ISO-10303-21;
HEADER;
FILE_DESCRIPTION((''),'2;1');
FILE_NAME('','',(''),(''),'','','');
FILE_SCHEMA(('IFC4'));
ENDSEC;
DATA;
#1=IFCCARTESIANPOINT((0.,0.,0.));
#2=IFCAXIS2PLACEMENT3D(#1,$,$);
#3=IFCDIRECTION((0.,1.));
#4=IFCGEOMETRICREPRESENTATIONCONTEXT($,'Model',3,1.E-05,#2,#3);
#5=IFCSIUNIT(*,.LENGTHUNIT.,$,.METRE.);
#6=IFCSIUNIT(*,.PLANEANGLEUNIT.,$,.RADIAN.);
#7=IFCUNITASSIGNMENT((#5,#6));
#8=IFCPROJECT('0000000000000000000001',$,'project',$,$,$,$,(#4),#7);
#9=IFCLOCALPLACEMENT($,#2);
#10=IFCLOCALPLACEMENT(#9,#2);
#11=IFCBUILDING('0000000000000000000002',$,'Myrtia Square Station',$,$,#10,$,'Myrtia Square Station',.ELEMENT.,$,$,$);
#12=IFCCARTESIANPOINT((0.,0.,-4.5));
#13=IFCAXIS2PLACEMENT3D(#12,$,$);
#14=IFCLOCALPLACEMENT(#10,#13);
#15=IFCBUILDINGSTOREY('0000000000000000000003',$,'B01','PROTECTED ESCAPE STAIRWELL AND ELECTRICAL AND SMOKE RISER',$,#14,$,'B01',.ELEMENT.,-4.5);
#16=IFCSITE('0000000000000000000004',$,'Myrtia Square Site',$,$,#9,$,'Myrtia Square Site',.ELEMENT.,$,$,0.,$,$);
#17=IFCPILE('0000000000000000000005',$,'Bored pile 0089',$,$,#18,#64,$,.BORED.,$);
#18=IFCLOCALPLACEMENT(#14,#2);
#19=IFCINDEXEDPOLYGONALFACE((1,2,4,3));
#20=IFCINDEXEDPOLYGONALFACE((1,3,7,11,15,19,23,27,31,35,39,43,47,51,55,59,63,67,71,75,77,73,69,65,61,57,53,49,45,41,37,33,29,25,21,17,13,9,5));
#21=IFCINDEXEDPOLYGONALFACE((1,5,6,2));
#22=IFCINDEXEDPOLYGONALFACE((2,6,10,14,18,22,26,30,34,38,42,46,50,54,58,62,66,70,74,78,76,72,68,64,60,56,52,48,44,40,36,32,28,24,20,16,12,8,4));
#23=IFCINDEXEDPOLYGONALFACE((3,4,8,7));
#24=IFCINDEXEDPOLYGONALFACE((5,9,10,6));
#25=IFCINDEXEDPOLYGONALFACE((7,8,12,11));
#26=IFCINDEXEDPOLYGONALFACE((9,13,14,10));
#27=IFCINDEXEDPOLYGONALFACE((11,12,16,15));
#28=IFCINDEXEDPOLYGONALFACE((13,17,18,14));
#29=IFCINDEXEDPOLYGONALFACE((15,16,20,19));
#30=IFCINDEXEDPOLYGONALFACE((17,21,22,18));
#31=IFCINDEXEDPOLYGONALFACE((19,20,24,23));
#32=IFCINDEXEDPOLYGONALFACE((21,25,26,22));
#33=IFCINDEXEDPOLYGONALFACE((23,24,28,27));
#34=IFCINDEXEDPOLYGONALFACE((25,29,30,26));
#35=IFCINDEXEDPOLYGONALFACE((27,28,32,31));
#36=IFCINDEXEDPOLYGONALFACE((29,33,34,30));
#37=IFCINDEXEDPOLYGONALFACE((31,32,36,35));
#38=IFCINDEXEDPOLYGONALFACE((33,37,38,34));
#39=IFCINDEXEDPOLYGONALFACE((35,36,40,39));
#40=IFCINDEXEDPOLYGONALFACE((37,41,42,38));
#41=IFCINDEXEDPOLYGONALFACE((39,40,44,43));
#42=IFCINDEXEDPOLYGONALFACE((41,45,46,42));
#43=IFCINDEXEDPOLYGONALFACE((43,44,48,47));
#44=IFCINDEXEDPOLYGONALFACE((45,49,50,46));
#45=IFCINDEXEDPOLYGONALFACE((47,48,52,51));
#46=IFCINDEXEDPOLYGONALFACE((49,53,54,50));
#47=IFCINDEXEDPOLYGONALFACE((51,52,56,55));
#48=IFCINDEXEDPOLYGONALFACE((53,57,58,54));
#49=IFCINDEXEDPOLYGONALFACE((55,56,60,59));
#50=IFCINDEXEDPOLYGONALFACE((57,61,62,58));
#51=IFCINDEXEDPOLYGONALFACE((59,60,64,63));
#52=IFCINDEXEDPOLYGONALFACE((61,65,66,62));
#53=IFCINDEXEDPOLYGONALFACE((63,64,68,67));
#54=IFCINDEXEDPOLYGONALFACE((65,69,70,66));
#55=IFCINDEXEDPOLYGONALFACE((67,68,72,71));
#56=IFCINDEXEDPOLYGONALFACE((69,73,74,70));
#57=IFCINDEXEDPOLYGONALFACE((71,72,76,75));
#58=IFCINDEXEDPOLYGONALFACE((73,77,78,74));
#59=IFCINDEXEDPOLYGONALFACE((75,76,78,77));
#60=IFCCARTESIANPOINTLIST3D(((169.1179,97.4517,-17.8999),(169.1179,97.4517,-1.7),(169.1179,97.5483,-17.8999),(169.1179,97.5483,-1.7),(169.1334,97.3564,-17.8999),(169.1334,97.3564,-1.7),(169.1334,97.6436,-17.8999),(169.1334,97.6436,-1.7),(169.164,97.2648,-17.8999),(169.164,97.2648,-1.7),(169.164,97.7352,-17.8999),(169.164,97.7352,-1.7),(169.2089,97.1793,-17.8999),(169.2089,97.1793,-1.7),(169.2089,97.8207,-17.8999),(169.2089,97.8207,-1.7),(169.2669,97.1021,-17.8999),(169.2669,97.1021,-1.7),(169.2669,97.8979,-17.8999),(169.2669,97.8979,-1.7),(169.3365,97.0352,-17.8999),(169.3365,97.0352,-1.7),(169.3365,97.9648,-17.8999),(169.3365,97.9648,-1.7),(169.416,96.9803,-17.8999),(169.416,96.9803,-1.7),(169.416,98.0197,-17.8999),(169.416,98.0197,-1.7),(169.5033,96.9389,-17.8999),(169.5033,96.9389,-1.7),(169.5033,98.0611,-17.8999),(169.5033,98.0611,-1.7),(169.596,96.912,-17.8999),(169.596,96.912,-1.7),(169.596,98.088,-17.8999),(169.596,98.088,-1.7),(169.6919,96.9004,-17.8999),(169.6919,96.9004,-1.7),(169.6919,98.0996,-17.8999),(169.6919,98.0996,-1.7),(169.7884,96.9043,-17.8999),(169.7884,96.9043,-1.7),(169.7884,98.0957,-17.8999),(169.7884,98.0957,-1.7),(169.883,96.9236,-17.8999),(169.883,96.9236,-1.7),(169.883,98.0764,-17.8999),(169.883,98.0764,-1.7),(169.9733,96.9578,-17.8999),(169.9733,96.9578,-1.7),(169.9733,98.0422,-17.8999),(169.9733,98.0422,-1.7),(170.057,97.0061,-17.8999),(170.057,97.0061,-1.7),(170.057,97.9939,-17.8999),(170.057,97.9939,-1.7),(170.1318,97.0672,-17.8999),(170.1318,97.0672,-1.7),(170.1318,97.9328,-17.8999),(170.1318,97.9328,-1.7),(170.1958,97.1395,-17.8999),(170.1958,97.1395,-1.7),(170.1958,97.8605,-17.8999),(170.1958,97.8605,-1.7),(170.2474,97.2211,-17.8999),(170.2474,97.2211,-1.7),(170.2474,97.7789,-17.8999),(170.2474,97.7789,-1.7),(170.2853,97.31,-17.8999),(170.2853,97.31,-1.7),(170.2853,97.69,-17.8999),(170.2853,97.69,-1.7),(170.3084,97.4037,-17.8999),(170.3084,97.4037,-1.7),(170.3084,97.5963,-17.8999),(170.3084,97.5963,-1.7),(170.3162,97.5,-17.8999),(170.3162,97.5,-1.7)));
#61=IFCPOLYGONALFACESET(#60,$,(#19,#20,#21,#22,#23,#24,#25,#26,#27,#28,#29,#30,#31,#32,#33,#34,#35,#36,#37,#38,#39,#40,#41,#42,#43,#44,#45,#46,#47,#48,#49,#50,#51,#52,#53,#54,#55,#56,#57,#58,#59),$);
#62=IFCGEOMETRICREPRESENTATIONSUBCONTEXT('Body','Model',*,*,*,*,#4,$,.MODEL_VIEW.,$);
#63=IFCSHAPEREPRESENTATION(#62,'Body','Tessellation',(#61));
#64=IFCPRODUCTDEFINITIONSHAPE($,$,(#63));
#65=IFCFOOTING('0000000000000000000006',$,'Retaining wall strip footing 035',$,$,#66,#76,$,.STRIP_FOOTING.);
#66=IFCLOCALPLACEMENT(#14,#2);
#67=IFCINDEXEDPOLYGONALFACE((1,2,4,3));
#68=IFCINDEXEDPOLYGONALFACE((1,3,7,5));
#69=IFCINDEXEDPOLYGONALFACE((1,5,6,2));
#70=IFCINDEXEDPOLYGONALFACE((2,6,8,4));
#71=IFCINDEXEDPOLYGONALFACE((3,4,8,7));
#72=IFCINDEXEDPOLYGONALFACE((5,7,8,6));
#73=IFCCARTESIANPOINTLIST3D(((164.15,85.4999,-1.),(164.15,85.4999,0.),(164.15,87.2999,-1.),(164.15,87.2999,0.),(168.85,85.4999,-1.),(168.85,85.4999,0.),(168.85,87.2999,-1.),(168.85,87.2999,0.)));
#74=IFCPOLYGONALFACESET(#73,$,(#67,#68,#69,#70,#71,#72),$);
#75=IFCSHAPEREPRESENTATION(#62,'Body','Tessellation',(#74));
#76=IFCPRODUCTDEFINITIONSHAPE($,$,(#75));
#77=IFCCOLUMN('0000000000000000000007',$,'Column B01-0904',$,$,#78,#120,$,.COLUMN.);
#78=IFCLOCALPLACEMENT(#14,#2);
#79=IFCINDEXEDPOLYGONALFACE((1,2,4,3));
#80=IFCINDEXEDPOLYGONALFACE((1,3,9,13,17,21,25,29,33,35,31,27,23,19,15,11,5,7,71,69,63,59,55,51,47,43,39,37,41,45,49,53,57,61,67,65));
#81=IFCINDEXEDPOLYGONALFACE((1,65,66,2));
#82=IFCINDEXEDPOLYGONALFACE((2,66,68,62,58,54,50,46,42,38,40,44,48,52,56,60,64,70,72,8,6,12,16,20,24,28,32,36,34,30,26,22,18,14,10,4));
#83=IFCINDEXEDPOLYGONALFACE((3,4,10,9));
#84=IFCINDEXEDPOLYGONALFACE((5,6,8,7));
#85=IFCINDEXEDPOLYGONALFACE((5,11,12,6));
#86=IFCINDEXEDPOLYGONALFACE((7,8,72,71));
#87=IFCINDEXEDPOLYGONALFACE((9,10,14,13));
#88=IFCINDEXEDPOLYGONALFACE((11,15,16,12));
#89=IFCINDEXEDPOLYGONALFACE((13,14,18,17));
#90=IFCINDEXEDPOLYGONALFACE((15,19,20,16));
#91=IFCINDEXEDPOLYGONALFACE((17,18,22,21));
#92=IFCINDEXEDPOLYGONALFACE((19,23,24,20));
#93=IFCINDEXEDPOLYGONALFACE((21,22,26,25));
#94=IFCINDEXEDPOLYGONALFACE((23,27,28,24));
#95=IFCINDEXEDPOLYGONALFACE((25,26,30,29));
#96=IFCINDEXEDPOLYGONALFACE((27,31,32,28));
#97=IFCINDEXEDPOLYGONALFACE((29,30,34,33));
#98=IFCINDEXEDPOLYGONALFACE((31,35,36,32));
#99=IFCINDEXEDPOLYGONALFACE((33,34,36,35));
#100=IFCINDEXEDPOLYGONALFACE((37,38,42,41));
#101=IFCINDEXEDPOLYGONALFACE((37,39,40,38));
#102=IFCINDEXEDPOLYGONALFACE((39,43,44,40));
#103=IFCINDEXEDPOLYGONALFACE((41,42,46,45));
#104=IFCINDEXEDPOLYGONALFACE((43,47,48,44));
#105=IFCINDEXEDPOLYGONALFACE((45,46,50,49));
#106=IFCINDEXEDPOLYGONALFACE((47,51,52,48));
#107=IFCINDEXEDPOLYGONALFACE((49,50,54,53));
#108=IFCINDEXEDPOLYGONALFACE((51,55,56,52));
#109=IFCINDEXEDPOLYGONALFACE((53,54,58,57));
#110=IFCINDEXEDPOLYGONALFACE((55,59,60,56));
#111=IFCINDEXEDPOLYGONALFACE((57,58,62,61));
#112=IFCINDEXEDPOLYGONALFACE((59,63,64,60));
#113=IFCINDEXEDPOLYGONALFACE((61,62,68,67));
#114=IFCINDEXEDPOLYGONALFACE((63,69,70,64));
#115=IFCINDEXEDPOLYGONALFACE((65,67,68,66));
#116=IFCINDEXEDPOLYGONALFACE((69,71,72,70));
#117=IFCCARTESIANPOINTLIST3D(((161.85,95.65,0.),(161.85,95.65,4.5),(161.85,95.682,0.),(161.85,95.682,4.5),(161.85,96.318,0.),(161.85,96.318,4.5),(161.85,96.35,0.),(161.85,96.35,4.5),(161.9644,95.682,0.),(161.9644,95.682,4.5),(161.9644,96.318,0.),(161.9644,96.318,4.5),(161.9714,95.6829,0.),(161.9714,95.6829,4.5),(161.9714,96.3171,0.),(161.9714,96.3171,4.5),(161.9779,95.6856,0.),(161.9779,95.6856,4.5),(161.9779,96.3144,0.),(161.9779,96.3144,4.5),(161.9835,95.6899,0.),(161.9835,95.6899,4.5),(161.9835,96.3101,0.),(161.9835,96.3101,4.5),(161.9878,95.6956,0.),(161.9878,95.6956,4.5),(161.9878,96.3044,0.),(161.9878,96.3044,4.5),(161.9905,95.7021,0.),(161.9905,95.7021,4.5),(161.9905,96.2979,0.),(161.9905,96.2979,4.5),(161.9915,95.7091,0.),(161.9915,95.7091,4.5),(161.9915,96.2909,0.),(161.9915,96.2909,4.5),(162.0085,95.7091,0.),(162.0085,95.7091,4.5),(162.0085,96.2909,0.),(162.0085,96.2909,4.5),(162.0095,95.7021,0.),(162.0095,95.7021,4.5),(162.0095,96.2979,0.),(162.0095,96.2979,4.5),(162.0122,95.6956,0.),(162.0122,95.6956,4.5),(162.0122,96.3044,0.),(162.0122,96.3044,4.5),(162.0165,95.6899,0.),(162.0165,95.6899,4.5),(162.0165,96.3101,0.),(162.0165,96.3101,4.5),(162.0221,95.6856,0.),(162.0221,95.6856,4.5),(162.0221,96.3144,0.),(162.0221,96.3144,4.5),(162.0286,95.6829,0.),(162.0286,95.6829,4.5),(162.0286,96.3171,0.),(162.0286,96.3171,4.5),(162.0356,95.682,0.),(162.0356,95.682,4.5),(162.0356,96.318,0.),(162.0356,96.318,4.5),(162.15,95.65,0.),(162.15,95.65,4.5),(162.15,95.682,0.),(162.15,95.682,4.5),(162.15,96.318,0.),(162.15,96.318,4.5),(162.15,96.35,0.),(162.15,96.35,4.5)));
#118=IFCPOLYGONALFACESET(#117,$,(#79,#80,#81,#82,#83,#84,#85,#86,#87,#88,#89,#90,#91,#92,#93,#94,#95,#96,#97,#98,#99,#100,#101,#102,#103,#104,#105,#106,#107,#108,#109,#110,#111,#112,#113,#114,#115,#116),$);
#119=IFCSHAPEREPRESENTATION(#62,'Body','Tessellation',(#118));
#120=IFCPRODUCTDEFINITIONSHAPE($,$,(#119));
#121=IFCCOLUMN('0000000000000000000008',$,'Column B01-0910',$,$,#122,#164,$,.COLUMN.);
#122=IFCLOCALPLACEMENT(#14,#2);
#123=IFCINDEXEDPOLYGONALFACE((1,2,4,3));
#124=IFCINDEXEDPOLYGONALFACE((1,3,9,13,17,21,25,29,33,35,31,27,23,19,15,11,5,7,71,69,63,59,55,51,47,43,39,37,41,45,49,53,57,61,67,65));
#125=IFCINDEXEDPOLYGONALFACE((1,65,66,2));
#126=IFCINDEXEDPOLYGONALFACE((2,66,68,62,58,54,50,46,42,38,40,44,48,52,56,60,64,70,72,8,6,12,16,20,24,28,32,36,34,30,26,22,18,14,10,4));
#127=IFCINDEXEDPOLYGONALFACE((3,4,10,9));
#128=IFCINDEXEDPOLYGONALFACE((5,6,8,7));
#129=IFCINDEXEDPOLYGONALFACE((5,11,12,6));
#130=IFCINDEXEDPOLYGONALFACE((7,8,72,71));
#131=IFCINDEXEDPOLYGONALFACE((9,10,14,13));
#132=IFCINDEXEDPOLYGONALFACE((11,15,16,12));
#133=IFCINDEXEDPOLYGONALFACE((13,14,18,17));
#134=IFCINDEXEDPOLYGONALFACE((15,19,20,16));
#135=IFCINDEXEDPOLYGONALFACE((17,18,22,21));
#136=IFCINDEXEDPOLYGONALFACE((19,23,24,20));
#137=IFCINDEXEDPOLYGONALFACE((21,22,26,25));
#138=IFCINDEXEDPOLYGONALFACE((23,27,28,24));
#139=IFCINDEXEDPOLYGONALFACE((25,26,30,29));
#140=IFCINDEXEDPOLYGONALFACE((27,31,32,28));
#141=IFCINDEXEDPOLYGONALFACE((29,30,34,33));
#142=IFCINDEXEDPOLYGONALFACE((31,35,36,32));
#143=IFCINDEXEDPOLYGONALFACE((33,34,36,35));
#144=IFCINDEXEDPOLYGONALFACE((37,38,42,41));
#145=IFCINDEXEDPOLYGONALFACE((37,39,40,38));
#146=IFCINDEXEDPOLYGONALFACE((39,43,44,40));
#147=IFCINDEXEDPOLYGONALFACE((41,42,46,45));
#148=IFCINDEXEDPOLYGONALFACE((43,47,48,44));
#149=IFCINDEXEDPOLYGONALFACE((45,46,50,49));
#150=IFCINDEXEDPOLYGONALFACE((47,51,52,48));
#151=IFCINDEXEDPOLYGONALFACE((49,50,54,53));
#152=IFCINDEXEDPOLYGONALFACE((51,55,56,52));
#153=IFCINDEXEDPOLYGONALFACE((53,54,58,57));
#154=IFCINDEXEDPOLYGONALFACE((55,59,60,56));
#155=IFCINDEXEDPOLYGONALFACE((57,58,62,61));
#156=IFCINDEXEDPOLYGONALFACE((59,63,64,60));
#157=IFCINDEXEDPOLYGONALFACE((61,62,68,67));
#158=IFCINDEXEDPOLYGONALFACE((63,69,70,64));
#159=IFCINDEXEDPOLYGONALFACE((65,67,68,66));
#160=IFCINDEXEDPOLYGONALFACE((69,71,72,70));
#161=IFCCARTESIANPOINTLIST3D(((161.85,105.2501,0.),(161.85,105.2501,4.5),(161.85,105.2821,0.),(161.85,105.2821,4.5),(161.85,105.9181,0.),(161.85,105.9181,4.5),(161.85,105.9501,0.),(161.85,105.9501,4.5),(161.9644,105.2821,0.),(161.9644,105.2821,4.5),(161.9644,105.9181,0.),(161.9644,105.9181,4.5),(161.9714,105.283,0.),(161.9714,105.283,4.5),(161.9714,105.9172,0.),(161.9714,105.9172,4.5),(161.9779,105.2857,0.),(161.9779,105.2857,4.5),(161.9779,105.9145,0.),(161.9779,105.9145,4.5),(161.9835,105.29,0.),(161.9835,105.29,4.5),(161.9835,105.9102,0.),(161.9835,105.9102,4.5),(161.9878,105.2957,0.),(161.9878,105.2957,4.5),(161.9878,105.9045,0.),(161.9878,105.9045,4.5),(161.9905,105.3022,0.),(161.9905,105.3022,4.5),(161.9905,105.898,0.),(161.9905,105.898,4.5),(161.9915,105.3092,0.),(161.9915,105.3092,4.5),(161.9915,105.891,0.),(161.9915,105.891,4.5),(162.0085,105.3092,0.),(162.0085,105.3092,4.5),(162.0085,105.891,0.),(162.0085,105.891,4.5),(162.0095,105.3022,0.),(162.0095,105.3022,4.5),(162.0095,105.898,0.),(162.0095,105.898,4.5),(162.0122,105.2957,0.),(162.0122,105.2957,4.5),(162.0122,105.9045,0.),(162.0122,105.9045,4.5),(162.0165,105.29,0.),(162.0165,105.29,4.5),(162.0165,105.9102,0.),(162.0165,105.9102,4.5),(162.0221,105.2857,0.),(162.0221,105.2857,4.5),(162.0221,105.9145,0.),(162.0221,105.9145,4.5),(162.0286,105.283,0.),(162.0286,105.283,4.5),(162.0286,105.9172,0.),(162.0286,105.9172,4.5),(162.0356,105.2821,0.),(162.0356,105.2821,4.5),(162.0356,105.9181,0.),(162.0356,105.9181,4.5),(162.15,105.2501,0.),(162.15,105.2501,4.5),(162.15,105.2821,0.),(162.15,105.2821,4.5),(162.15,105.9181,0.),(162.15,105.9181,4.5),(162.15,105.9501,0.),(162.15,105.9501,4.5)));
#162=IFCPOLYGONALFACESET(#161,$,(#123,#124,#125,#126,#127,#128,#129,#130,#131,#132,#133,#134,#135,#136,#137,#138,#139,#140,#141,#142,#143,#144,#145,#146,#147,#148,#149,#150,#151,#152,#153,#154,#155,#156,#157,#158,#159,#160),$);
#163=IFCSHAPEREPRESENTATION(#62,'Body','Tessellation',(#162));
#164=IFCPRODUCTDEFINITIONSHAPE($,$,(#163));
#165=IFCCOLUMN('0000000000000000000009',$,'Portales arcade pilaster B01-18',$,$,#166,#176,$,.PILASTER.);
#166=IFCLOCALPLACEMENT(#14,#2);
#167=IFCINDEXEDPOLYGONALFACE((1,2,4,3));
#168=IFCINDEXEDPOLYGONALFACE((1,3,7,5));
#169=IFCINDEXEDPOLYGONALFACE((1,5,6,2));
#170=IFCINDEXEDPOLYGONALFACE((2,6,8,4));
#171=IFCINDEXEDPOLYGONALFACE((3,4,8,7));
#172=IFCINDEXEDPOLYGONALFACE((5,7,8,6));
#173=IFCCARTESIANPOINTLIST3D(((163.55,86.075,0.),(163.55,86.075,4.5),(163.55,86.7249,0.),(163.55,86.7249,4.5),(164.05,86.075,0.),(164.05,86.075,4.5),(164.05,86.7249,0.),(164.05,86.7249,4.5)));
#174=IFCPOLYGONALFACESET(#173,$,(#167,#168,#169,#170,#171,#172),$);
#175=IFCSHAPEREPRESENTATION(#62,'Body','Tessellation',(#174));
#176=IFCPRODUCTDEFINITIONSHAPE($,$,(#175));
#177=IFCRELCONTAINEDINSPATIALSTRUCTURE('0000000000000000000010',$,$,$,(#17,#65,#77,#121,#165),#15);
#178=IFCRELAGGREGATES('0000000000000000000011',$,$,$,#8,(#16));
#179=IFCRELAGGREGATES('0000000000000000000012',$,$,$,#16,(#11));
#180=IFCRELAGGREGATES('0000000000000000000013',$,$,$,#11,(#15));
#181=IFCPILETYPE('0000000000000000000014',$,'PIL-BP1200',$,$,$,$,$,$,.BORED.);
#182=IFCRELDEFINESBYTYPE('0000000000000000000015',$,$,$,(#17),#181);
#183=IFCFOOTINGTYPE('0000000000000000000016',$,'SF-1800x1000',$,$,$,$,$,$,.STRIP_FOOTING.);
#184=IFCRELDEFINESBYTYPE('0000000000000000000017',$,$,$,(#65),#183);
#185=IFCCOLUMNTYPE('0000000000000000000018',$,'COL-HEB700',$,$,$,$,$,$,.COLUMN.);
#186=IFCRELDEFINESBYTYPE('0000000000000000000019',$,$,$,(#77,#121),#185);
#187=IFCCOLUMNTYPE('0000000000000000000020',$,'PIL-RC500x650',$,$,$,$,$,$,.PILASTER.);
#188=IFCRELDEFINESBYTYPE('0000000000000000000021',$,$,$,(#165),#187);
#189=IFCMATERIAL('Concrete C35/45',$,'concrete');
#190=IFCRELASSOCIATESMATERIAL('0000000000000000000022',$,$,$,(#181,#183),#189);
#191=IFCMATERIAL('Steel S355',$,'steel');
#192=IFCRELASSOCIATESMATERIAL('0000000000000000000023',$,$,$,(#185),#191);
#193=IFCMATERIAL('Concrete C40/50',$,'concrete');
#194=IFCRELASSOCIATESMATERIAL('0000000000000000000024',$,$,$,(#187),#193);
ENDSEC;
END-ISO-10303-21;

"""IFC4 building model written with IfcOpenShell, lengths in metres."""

from ifc_helpers import new_model, si_unit, direction, frame, origin, origin_2d, place, context, subcontext, project, spatial, rectangle, circle, i_section, extrude, material, material_profile, profile_set, type_object, element, save


model = new_model("IFC4")

# Units and contexts
model_context = context("Model", 3, precision=1e-05, world=origin(), true_north=direction((0.0, 1.0)))
body_context = subcontext(model_context, "Body", "Model", "MODEL_VIEW")
ifc_project = project(units=[si_unit("LENGTHUNIT", "METRE"), si_unit("PLANEANGLEUNIT", "RADIAN")], contexts=[model_context])

# Site, building, storey
site_placement = place(None, origin())
site = spatial("IfcSite", under=ifc_project, at=site_placement, Name="Myrtia Square Site", LongName="Myrtia Square Site", CompositionType="ELEMENT", RefElevation=0.0)
building_placement = place(site_placement, origin())
building = spatial("IfcBuilding", under=site, at=building_placement, Name="Myrtia Square Station", LongName="Myrtia Square Station", CompositionType="ELEMENT")
storey_placement = place(building_placement, frame((0.0, 0.0, -4.5)))
storey = spatial("IfcBuildingStorey", under=building, at=storey_placement, Name="B01", Description="PROTECTED ESCAPE STAIRWELL AND ELECTRICAL AND SMOKE RISER", LongName="B01", CompositionType="ELEMENT", Elevation=-4.5)

# Shared definitions
ifc_material_1 = material(Name="Concrete C35/45", Category="concrete")

# Pile
ifc_material_profile_1 = material_profile(ifc_material_1, circle(Radius=0.6001, at=origin_2d()), Name="BP D1200")
ifc_profile_set_1 = profile_set([ifc_material_profile_1], Name="Concrete C35/45")
pile_type_1 = type_object("IfcPileType", Name="PIL-BP1200", PredefinedType="BORED", material=ifc_profile_set_1)
for number, where, z_axis, x_axis, name in (
    (1, (169.7161, 97.5, -1.7), (0.0, 0.0, -1.0), (1.0, 0.0, 0.0), "Bored pile 0089"),
):
    element("IfcPile", number, at=place(storey_placement, frame(where, z_axis=z_axis, x_axis=x_axis)), inside=storey, type_object=pile_type_1, Name=name, PredefinedType="BORED", context=body_context, shape_type="SweptSolid", body=[
        extrude(circle(Radius=0.6001, at=origin_2d()), origin(), (0.0, 0.0, 1.0), 16.2),
    ])

# Footing
footing_type_1 = type_object("IfcFootingType", Name="SF-1800x1000", PredefinedType="STRIP_FOOTING", material=ifc_material_1)
footing_1_placement = place(storey_placement, frame((166.5, 86.3999, -1.0), z_axis=(0.0, 0.0, 1.0), x_axis=(1.0, 0.0, 0.0)))
element("IfcFooting", 2, at=footing_1_placement, inside=storey, type_object=footing_type_1, Name="Retaining wall strip footing 035", PredefinedType="STRIP_FOOTING", context=body_context, shape_type="SweptSolid", body=[
    extrude(rectangle(XDim=4.7, YDim=1.8, at=origin_2d()), origin(), (0.0, 0.0, 1.0), 1.0),
])

# Columns
ifc_material_2 = material(Name="Steel S355", Category="steel")
ifc_material_profile_2 = material_profile(ifc_material_2, i_section(OverallWidth=0.3, OverallDepth=0.7, WebThickness=0.0171, FlangeThickness=0.032, FilletRadius=0.0271, at=origin_2d()), Name="HEB 700")
ifc_profile_set_2 = profile_set([ifc_material_profile_2], Name="Steel S355")
column_type_1 = type_object("IfcColumnType", Name="COL-HEB700", PredefinedType="COLUMN", material=ifc_profile_set_2)
for number, where, z_axis, x_axis, name in (
    (3, (162.0, 96.0, 0.0), (0.0, 0.0, 1.0), (1.0, 0.0, 0.0), "Column B01-0904"),
    (4, (162.0, 105.6001, 0.0), (0.0, 0.0, 1.0), (1.0, 0.0, 0.0), "Column B01-0910"),
):
    element("IfcColumn", number, at=place(storey_placement, frame(where, z_axis=z_axis, x_axis=x_axis)), inside=storey, type_object=column_type_1, Name=name, PredefinedType="COLUMN", context=body_context, shape_type="SweptSolid", body=[
        extrude(i_section(OverallWidth=0.3, OverallDepth=0.7, WebThickness=0.0171, FlangeThickness=0.032, FilletRadius=0.0271, at=origin_2d()), origin(), (0.0, 0.0, 1.0), 4.5),
    ])
ifc_material_3 = material(Name="Concrete C40/50", Category="concrete")
ifc_material_profile_3 = material_profile(ifc_material_3, rectangle(XDim=0.5, YDim=0.6499, at=origin_2d()), Name="PIL 500x650")
ifc_profile_set_3 = profile_set([ifc_material_profile_3], Name="Concrete C40/50")
column_type_2 = type_object("IfcColumnType", Name="PIL-RC500x650", PredefinedType="PILASTER", material=ifc_profile_set_3)
column_placement = place(storey_placement, frame((163.8, 86.3999, 0.0), z_axis=(0.0, 0.0, 1.0), x_axis=(1.0, 0.0, 0.0)))
element("IfcColumn", 5, at=column_placement, inside=storey, type_object=column_type_2, Name="Portales arcade pilaster B01-18", PredefinedType="PILASTER", context=body_context, shape_type="SweptSolid", body=[
    extrude(rectangle(XDim=0.5, YDim=0.6499, at=origin_2d()), origin(), (0.0, 0.0, 1.0), 4.5),
])

save(model, "model.ifc")
